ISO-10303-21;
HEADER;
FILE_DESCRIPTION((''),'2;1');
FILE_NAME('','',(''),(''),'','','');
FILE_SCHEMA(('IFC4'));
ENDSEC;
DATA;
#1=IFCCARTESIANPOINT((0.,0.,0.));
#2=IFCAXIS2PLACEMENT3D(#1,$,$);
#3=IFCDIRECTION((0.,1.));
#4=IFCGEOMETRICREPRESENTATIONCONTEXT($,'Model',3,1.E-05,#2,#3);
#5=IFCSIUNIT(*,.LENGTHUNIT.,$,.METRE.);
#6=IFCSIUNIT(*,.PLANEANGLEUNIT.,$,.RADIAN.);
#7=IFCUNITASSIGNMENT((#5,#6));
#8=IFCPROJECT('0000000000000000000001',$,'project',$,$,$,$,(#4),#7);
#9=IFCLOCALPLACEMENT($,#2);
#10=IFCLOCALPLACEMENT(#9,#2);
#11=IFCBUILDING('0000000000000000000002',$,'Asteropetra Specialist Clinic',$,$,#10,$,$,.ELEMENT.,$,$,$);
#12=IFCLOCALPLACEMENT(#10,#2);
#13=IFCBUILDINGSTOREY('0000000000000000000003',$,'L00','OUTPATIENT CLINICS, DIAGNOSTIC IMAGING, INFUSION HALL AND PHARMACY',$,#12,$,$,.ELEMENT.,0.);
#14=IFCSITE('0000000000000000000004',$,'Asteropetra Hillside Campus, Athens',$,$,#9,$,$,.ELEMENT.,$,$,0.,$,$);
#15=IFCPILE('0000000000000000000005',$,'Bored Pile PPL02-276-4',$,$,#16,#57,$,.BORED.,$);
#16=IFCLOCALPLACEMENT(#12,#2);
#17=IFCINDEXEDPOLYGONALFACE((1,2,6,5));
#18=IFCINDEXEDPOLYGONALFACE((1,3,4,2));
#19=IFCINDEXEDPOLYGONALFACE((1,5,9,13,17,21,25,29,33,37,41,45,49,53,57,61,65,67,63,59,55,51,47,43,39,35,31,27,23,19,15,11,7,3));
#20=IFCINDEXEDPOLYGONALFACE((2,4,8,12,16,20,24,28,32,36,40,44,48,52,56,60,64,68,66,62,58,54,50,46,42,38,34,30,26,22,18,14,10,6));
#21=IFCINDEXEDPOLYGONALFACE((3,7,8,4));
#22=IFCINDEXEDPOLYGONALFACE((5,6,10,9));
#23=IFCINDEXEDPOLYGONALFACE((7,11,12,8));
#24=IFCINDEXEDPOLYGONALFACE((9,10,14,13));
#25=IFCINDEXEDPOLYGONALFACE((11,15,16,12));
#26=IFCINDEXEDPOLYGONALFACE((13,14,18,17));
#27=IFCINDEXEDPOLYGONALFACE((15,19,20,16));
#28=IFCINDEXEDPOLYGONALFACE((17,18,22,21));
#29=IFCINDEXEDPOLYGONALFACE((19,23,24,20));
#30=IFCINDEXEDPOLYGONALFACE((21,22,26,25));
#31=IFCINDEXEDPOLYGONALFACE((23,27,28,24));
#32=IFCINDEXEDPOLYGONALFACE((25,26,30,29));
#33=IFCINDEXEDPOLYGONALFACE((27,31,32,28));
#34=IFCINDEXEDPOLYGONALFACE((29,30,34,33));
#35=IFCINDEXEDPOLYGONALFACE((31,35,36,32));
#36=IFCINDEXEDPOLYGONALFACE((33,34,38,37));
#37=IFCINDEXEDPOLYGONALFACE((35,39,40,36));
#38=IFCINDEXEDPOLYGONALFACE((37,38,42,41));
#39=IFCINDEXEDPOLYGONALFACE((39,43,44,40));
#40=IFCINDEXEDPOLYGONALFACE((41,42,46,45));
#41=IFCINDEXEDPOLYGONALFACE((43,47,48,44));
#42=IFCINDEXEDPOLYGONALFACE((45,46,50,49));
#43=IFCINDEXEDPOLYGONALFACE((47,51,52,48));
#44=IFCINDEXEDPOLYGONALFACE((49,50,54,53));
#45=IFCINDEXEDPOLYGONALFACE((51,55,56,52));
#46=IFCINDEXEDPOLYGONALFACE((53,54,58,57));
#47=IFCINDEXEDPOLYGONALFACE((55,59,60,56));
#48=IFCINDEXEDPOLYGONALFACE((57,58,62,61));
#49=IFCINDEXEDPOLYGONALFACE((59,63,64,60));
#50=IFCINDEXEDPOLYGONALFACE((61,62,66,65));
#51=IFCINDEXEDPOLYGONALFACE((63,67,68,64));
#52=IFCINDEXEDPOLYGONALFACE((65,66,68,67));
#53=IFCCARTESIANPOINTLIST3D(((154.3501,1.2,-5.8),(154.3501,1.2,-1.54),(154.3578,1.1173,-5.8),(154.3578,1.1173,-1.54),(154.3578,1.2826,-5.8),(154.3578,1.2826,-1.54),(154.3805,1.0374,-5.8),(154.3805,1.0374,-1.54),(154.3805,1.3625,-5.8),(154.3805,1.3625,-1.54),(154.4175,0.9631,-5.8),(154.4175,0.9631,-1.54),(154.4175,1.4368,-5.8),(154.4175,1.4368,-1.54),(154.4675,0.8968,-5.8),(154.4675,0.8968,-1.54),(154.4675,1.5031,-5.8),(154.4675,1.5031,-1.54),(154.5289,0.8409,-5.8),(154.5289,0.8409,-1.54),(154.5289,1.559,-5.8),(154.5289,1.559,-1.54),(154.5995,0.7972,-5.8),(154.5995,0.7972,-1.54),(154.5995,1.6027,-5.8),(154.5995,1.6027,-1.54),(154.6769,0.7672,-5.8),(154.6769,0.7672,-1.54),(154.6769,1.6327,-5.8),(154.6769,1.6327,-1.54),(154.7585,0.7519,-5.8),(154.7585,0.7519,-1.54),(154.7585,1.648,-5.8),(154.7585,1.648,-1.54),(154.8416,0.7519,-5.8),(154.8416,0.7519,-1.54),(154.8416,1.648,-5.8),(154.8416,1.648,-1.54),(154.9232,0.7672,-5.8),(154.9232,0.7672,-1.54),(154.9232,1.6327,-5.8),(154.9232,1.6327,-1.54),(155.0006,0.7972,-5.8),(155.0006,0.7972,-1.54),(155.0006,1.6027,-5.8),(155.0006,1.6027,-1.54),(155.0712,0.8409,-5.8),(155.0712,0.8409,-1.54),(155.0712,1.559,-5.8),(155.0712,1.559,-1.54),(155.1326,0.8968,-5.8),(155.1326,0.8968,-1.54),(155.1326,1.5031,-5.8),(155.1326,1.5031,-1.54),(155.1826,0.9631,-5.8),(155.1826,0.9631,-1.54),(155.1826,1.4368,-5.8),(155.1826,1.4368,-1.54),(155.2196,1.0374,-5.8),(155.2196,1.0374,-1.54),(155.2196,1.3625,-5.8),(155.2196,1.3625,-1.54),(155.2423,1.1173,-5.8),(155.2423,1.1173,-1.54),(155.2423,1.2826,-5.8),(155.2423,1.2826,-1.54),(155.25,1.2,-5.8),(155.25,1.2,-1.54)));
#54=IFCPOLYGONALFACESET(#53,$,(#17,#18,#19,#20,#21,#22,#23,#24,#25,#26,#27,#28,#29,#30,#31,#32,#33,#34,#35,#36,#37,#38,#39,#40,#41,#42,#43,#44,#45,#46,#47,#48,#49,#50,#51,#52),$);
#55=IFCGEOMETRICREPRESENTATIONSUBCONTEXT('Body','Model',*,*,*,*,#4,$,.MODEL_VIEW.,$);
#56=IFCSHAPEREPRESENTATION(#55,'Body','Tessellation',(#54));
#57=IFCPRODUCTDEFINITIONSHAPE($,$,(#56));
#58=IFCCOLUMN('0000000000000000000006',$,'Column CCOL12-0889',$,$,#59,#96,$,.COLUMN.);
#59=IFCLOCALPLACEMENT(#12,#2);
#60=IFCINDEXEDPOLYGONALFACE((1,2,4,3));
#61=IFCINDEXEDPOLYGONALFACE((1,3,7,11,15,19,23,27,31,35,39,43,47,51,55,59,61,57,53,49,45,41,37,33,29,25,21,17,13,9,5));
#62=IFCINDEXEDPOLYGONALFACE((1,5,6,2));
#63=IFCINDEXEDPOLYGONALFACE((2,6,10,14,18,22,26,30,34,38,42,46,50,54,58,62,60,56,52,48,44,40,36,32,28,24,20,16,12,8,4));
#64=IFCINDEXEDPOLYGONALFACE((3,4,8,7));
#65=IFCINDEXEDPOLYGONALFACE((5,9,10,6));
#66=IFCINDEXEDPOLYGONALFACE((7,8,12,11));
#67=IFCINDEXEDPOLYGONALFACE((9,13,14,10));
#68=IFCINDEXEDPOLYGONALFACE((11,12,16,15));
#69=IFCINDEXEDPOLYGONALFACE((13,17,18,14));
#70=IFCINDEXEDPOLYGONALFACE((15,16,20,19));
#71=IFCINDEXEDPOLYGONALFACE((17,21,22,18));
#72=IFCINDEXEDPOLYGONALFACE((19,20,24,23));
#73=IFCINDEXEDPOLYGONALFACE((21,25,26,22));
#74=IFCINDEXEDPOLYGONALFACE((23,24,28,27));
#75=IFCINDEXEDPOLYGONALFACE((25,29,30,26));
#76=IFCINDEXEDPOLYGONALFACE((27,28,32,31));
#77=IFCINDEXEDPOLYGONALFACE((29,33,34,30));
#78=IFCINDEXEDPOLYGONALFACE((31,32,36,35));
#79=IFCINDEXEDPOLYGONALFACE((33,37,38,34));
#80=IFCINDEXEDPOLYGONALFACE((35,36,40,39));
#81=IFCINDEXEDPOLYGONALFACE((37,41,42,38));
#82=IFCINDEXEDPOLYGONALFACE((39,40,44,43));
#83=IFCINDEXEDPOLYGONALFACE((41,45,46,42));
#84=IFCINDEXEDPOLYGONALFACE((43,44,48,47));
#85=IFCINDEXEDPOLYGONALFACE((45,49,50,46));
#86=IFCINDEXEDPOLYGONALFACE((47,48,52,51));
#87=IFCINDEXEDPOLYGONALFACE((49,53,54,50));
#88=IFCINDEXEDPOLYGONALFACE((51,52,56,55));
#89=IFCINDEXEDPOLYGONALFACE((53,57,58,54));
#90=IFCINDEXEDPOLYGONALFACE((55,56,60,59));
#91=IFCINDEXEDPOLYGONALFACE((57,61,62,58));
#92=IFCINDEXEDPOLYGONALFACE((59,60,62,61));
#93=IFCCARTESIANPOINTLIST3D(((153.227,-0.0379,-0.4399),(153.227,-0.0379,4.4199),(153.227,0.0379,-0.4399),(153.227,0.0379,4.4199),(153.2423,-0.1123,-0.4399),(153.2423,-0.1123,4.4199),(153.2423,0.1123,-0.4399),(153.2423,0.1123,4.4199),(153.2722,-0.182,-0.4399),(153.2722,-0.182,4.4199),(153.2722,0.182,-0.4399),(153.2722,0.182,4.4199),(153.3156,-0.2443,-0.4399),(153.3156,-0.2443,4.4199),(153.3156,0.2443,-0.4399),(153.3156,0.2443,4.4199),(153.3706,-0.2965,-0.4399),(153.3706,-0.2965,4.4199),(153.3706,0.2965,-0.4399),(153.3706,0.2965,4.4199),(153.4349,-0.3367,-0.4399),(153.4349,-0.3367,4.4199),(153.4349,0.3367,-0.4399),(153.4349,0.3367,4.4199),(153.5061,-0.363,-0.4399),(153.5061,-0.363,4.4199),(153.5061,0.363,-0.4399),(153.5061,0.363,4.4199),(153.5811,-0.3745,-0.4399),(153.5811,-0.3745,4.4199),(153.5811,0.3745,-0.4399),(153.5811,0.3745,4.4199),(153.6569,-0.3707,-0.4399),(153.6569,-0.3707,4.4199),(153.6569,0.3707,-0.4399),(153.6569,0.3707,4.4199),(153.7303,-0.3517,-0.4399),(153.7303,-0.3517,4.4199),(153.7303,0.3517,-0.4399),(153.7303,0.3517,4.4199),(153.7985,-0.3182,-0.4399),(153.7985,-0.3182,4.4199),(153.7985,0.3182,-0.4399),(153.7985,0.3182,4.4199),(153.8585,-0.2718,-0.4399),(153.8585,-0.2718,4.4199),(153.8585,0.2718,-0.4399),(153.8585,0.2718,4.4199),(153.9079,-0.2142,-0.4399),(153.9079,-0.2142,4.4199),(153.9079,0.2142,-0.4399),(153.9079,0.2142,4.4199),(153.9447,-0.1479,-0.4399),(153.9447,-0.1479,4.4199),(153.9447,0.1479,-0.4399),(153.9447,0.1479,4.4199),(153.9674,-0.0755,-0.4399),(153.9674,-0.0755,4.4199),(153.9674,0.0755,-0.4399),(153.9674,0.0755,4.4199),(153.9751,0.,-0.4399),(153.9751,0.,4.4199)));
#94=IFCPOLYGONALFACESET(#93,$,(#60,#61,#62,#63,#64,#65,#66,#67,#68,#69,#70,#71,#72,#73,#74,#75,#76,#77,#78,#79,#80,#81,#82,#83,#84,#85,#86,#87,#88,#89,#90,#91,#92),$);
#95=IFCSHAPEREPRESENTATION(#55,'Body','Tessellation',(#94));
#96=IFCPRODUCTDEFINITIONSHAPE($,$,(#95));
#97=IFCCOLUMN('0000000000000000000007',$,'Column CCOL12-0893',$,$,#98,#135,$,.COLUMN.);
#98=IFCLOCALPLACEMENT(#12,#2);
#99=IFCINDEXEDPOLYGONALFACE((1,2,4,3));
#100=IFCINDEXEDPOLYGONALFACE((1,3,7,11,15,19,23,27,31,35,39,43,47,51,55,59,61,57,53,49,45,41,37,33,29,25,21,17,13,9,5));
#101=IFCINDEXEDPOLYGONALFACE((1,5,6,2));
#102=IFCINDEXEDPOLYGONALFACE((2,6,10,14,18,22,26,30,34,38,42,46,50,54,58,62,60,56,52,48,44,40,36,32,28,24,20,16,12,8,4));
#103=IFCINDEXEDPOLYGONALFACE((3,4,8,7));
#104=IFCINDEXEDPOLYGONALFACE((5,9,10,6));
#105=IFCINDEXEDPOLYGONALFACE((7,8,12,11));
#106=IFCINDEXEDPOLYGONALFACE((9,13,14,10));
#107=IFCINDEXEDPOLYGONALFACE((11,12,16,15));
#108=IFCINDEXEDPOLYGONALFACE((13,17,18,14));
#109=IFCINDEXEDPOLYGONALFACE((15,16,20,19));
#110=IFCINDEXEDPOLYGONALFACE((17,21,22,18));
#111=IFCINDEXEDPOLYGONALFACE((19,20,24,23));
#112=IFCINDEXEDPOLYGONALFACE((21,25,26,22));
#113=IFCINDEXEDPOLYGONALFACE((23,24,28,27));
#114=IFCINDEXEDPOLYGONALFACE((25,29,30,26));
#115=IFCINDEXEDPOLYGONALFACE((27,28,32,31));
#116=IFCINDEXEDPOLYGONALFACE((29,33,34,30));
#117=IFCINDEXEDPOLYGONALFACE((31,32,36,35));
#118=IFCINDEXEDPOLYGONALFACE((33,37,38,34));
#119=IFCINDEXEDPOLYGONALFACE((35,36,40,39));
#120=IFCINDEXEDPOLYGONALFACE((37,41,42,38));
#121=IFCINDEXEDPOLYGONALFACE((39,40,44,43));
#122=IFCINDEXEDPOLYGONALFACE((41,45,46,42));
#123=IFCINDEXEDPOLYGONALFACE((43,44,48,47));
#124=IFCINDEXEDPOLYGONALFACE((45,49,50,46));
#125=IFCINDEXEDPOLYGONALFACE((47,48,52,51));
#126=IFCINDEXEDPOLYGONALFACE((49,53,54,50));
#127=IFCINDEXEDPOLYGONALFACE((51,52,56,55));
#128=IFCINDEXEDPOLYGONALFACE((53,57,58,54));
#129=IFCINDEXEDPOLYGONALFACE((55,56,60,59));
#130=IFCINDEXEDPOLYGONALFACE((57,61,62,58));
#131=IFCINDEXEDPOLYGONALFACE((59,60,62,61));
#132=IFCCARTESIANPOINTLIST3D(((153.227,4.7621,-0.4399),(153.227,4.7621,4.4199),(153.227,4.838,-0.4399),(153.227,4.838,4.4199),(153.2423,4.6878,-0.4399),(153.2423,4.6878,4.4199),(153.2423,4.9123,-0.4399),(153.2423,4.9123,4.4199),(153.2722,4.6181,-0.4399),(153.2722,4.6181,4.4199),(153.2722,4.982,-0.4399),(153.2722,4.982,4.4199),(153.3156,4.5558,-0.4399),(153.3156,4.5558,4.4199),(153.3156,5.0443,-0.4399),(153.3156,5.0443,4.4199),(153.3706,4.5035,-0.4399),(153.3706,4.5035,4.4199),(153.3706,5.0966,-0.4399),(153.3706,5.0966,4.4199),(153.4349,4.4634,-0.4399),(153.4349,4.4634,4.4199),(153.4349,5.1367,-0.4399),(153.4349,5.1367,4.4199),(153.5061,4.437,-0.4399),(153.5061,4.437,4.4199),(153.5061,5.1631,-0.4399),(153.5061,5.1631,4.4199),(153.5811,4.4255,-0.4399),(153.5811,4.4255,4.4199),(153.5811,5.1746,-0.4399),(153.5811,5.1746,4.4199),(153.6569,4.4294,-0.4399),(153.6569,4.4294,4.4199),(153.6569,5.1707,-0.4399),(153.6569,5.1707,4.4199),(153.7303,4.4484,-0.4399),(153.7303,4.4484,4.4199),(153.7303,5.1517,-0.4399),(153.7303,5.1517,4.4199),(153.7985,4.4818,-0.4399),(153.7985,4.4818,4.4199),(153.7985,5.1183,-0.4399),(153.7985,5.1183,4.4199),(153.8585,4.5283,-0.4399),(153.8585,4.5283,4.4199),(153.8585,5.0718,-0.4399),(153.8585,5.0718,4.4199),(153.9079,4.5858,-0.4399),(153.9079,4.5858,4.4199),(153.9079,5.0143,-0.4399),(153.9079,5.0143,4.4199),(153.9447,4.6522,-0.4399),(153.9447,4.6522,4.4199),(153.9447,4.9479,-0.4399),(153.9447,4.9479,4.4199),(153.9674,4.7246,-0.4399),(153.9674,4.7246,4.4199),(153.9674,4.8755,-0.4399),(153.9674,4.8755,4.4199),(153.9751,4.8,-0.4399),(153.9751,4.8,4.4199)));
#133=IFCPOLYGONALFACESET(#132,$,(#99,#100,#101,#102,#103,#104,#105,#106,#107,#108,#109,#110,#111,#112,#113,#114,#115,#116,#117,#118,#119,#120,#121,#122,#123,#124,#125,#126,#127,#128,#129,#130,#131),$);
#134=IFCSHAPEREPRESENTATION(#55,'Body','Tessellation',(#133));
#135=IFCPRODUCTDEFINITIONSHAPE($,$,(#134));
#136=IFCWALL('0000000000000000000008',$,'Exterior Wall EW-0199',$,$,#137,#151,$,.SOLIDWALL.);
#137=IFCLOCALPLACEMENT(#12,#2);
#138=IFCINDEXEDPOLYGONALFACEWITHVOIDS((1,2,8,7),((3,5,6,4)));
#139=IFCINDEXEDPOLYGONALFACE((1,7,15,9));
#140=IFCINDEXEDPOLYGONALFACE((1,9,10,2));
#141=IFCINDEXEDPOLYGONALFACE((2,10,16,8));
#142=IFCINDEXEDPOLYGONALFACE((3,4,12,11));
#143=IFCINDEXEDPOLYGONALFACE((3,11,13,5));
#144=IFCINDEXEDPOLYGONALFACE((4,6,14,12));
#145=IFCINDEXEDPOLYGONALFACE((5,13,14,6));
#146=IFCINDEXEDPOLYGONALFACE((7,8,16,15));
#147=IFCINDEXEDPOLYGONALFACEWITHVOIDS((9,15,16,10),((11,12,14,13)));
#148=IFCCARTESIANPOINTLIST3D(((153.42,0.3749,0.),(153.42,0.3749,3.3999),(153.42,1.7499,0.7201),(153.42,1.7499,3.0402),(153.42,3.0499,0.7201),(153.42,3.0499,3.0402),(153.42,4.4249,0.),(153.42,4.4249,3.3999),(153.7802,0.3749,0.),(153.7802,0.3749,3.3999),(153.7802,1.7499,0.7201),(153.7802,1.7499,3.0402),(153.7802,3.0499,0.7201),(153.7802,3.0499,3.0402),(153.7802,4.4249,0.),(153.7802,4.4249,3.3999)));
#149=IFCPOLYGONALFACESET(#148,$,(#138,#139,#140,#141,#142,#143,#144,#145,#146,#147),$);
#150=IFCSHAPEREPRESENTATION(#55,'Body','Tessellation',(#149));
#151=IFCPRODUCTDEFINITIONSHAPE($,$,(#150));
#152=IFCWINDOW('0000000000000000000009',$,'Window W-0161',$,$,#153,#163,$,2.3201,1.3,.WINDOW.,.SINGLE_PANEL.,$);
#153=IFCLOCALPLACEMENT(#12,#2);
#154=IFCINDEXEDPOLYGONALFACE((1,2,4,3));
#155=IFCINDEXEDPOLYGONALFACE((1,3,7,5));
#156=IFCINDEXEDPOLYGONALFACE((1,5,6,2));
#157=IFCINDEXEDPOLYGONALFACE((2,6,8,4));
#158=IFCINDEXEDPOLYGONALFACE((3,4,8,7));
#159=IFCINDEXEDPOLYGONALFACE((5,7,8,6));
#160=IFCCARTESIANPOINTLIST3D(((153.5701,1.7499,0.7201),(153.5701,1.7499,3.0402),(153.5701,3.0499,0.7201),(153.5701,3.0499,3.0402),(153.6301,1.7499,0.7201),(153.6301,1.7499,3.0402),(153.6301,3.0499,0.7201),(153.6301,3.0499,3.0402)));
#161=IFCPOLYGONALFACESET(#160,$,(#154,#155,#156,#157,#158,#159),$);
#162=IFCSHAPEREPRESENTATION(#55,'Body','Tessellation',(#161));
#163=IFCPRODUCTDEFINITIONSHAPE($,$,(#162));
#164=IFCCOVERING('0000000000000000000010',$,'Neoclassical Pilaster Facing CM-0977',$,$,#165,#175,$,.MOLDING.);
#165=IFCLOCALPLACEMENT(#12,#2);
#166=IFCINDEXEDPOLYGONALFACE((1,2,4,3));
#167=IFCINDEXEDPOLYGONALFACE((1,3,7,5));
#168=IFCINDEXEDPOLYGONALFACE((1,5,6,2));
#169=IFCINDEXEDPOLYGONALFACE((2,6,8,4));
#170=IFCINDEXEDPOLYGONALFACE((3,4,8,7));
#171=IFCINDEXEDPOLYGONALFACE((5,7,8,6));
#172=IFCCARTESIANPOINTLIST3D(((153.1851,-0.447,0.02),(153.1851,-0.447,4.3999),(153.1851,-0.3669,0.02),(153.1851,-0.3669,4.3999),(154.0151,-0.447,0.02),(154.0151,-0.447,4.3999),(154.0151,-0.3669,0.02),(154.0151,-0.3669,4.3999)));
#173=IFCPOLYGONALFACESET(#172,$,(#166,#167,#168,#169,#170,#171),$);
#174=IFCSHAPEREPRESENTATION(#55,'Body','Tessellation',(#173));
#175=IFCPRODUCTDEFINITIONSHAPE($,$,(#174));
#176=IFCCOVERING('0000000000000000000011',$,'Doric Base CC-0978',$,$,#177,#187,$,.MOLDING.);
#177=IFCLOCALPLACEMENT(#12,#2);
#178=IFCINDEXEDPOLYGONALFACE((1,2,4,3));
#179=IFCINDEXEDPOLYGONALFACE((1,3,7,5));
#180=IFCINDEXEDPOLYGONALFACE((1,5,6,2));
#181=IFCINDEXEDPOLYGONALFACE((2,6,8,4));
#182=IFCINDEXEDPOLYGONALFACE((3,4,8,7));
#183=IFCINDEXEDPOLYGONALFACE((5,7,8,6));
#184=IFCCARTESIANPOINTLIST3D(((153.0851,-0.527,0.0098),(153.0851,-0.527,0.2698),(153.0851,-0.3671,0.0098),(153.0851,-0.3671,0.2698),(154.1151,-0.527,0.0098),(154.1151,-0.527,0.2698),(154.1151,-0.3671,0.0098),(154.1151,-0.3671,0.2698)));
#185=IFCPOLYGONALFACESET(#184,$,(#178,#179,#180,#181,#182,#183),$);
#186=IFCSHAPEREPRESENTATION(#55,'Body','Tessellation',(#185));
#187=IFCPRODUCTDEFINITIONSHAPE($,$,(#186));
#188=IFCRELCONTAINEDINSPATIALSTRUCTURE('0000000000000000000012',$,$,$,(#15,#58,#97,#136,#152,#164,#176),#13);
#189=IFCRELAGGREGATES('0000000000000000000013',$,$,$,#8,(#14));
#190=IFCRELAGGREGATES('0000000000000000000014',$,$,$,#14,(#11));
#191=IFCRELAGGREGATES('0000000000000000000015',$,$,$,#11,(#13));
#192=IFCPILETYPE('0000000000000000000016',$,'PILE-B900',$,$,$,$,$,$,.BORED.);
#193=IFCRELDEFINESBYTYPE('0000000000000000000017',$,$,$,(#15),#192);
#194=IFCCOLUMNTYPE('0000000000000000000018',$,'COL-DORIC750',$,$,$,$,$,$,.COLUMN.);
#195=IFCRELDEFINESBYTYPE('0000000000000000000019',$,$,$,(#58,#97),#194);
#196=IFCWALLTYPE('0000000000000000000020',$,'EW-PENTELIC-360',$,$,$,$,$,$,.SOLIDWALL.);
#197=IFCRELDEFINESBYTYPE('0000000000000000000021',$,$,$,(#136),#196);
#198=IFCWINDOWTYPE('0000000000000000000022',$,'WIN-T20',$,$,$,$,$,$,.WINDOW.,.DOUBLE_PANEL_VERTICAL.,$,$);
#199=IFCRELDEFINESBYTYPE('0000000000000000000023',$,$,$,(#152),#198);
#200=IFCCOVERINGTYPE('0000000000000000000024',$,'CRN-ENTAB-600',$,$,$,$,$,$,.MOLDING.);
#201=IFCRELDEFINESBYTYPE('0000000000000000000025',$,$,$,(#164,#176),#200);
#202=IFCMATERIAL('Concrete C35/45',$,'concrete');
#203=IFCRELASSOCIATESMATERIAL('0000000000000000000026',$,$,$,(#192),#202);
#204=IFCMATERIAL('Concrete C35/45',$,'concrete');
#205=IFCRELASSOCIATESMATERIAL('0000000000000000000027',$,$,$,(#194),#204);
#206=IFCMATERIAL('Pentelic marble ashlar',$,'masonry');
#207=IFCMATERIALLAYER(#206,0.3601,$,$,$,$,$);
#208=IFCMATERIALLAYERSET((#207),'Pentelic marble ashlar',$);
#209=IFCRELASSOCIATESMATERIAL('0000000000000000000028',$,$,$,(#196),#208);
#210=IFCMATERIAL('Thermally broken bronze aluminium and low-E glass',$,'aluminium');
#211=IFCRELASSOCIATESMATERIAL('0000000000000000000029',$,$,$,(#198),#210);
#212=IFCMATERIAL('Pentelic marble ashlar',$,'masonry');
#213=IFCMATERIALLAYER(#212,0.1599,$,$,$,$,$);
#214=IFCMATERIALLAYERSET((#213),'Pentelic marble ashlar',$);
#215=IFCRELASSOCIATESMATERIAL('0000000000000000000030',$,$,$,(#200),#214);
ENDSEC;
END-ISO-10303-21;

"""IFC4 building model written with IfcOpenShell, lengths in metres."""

from ifc_helpers import new_model, si_unit, direction, frame, frame_2d, origin, origin_2d, place, context, subcontext, project, spatial, rectangle, circle, extrude, material, layer, layer_set, material_profile, profile_set, type_object, element, fill, save


model = new_model("IFC4")

# Units and contexts
model_context = context("Model", 3, precision=1e-05, world=origin(), true_north=direction((0.0, 1.0)))
body_context = subcontext(model_context, "Body", "Model", "MODEL_VIEW")
ifc_project = project(units=[si_unit("LENGTHUNIT", "METRE"), si_unit("PLANEANGLEUNIT", "RADIAN")], contexts=[model_context])

# Site, building, storey
site_placement = place(None, origin())
site = spatial("IfcSite", under=ifc_project, at=site_placement, Name="Asteropetra Hillside Campus, Athens", CompositionType="ELEMENT", RefElevation=0.0)
building_placement = place(site_placement, origin())
building = spatial("IfcBuilding", under=site, at=building_placement, Name="Asteropetra Specialist Clinic", CompositionType="ELEMENT")
storey_placement = place(building_placement, origin())
storey = spatial("IfcBuildingStorey", under=building, at=storey_placement, Name="L00", Description="OUTPATIENT CLINICS, DIAGNOSTIC IMAGING, INFUSION HALL AND PHARMACY", CompositionType="ELEMENT", Elevation=0.0)

# Pile
ifc_material_1 = material(Name="Concrete C35/45", Category="concrete")
ifc_material_profile_1 = material_profile(ifc_material_1, circle(Radius=0.45, at=origin_2d()), Name="PILE D900")
ifc_profile_set_1 = profile_set([ifc_material_profile_1], Name="Concrete C35/45")
pile_type_1 = type_object("IfcPileType", Name="PILE-B900", PredefinedType="BORED", material=ifc_profile_set_1)
for number, where, z_axis, x_axis, name in (
    (1, (154.8, 1.2, -1.54), (0.0, 0.0, -1.0), (1.0, 0.0, 0.0), "Bored Pile PPL02-276-4"),
):
    element("IfcPile", number, at=place(storey_placement, frame(where, z_axis=z_axis, x_axis=x_axis)), inside=storey, type_object=pile_type_1, Name=name, PredefinedType="BORED", context=body_context, shape_type="SweptSolid", body=[
        extrude(circle(Radius=0.45, at=origin_2d()), origin(), (0.0, 0.0, 1.0), 4.26),
    ])

# Columns
ifc_material_2 = material(Name="Concrete C35/45", Category="concrete")
ifc_material_profile_2 = material_profile(ifc_material_2, circle(Radius=0.375, at=origin_2d()), Name="RCC D750")
ifc_profile_set_2 = profile_set([ifc_material_profile_2], Name="Concrete C35/45")
column_type = type_object("IfcColumnType", Name="COL-DORIC750", PredefinedType="COLUMN", material=ifc_profile_set_2)
for number, where, z_axis, x_axis, name in (
    (2, (153.6001, 0.0, -0.4399), (0.0, 0.0, 1.0), (1.0, 0.0, 0.0), "Column CCOL12-0889"),
    (3, (153.6001, 4.8, -0.4399), (0.0, 0.0, 1.0), (1.0, 0.0, 0.0), "Column CCOL12-0893"),
):
    element("IfcColumn", number, at=place(storey_placement, frame(where, z_axis=z_axis, x_axis=x_axis)), inside=storey, type_object=column_type, Name=name, PredefinedType="COLUMN", context=body_context, shape_type="SweptSolid", body=[
        extrude(circle(Radius=0.375, at=origin_2d()), origin(), (0.0, 0.0, 1.0), 4.8599),
    ])

# Wall, opening, window
ifc_material_3 = material(Name="Pentelic marble ashlar", Category="masonry")
ifc_layer_1 = layer(ifc_material_3, 0.3601)
ifc_layer_set_1 = layer_set([ifc_layer_1], Name="Pentelic marble ashlar")
wall_type = type_object("IfcWallType", Name="EW-PENTELIC-360", PredefinedType="SOLIDWALL", material=ifc_layer_set_1)
wall_placement = place(storey_placement, frame((153.6001, 0.375, 0.0), z_axis=(0.0, 0.0, 1.0), x_axis=(0.0, 1.0, 0.0)))
wall = element("IfcWall", 4, at=wall_placement, inside=storey, type_object=wall_type, Name="Exterior Wall EW-0199", PredefinedType="SOLIDWALL", context=body_context, shape_type="SweptSolid", body=[
    extrude(rectangle(XDim=4.05, YDim=0.3601, at=frame_2d((2.0249, 0.0))), origin(), (0.0, 0.0, 1.0), 3.3999),
])
opening_placement = place(wall_placement, frame((1.375, 0.0, 0.72)))
opening = element("IfcOpeningElement", 5, at=opening_placement, cuts=wall, PredefinedType="OPENING", context=body_context, shape_type="SweptSolid", body=[
    extrude(rectangle(XDim=1.3, YDim=2.3201, at=frame_2d((0.6499, 1.1602))), frame((0.0, 0.1899, 0.0), z_axis=(0.0, -1.0, 0.0), x_axis=(1.0, 0.0, 0.0)), (0.0, 0.0, 1.0), 0.3801),
])
ifc_material_4 = material(Name="Thermally broken bronze aluminium and low-E glass", Category="aluminium")
window_type = type_object("IfcWindowType", Name="WIN-T20", PartitioningType="DOUBLE_PANEL_VERTICAL", PredefinedType="WINDOW", material=ifc_material_4)
window_placement = place(opening_placement, origin())
window = element("IfcWindow", 6, at=window_placement, inside=storey, type_object=window_type, Name="Window W-0161", OverallHeight=2.3201, OverallWidth=1.3, PartitioningType="SINGLE_PANEL", PredefinedType="WINDOW", context=body_context, shape_type="SweptSolid", body=[
    extrude(rectangle(XDim=1.3, YDim=2.3201, at=frame_2d((0.6499, 1.1602))), frame((0.0, 0.03, 0.0), z_axis=(0.0, -1.0, 0.0), x_axis=(1.0, 0.0, 0.0)), (0.0, 0.0, 1.0), 0.0601),
])
fill(opening, window)

# Coverings
ifc_material_5 = material(Name="Pentelic marble ashlar", Category="masonry")
ifc_layer_2 = layer(ifc_material_5, 0.1599)
ifc_layer_set_2 = layer_set([ifc_layer_2], Name="Pentelic marble ashlar")
covering_type = type_object("IfcCoveringType", Name="CRN-ENTAB-600", PredefinedType="MOLDING", material=ifc_layer_set_2)
covering_1_placement = place(storey_placement, frame((153.6001, -0.407, 0.02), z_axis=(0.0, 0.0, 1.0), x_axis=(1.0, 0.0, 0.0)))
element("IfcCovering", 7, at=covering_1_placement, inside=storey, type_object=covering_type, Name="Neoclassical Pilaster Facing CM-0977", PredefinedType="MOLDING", context=body_context, shape_type="SweptSolid", body=[
    extrude(rectangle(XDim=0.8301, YDim=0.0801, at=origin_2d()), origin(), (0.0, 0.0, 1.0), 4.3799),
])
for number, where, z_axis, x_axis, name in (
    (8, (153.6001, -0.447, 0.0098), (0.0, 0.0, 1.0), (1.0, 0.0, 0.0), "Doric Base CC-0978"),
):
    element("IfcCovering", number, at=place(storey_placement, frame(where, z_axis=z_axis, x_axis=x_axis)), inside=storey, type_object=covering_type, Name=name, PredefinedType="MOLDING", context=body_context, shape_type="SweptSolid", body=[
        extrude(rectangle(XDim=1.03, YDim=0.1599, at=origin_2d()), origin(), (0.0, 0.0, 1.0), 0.26),
    ])

save(model, "model.ifc")
